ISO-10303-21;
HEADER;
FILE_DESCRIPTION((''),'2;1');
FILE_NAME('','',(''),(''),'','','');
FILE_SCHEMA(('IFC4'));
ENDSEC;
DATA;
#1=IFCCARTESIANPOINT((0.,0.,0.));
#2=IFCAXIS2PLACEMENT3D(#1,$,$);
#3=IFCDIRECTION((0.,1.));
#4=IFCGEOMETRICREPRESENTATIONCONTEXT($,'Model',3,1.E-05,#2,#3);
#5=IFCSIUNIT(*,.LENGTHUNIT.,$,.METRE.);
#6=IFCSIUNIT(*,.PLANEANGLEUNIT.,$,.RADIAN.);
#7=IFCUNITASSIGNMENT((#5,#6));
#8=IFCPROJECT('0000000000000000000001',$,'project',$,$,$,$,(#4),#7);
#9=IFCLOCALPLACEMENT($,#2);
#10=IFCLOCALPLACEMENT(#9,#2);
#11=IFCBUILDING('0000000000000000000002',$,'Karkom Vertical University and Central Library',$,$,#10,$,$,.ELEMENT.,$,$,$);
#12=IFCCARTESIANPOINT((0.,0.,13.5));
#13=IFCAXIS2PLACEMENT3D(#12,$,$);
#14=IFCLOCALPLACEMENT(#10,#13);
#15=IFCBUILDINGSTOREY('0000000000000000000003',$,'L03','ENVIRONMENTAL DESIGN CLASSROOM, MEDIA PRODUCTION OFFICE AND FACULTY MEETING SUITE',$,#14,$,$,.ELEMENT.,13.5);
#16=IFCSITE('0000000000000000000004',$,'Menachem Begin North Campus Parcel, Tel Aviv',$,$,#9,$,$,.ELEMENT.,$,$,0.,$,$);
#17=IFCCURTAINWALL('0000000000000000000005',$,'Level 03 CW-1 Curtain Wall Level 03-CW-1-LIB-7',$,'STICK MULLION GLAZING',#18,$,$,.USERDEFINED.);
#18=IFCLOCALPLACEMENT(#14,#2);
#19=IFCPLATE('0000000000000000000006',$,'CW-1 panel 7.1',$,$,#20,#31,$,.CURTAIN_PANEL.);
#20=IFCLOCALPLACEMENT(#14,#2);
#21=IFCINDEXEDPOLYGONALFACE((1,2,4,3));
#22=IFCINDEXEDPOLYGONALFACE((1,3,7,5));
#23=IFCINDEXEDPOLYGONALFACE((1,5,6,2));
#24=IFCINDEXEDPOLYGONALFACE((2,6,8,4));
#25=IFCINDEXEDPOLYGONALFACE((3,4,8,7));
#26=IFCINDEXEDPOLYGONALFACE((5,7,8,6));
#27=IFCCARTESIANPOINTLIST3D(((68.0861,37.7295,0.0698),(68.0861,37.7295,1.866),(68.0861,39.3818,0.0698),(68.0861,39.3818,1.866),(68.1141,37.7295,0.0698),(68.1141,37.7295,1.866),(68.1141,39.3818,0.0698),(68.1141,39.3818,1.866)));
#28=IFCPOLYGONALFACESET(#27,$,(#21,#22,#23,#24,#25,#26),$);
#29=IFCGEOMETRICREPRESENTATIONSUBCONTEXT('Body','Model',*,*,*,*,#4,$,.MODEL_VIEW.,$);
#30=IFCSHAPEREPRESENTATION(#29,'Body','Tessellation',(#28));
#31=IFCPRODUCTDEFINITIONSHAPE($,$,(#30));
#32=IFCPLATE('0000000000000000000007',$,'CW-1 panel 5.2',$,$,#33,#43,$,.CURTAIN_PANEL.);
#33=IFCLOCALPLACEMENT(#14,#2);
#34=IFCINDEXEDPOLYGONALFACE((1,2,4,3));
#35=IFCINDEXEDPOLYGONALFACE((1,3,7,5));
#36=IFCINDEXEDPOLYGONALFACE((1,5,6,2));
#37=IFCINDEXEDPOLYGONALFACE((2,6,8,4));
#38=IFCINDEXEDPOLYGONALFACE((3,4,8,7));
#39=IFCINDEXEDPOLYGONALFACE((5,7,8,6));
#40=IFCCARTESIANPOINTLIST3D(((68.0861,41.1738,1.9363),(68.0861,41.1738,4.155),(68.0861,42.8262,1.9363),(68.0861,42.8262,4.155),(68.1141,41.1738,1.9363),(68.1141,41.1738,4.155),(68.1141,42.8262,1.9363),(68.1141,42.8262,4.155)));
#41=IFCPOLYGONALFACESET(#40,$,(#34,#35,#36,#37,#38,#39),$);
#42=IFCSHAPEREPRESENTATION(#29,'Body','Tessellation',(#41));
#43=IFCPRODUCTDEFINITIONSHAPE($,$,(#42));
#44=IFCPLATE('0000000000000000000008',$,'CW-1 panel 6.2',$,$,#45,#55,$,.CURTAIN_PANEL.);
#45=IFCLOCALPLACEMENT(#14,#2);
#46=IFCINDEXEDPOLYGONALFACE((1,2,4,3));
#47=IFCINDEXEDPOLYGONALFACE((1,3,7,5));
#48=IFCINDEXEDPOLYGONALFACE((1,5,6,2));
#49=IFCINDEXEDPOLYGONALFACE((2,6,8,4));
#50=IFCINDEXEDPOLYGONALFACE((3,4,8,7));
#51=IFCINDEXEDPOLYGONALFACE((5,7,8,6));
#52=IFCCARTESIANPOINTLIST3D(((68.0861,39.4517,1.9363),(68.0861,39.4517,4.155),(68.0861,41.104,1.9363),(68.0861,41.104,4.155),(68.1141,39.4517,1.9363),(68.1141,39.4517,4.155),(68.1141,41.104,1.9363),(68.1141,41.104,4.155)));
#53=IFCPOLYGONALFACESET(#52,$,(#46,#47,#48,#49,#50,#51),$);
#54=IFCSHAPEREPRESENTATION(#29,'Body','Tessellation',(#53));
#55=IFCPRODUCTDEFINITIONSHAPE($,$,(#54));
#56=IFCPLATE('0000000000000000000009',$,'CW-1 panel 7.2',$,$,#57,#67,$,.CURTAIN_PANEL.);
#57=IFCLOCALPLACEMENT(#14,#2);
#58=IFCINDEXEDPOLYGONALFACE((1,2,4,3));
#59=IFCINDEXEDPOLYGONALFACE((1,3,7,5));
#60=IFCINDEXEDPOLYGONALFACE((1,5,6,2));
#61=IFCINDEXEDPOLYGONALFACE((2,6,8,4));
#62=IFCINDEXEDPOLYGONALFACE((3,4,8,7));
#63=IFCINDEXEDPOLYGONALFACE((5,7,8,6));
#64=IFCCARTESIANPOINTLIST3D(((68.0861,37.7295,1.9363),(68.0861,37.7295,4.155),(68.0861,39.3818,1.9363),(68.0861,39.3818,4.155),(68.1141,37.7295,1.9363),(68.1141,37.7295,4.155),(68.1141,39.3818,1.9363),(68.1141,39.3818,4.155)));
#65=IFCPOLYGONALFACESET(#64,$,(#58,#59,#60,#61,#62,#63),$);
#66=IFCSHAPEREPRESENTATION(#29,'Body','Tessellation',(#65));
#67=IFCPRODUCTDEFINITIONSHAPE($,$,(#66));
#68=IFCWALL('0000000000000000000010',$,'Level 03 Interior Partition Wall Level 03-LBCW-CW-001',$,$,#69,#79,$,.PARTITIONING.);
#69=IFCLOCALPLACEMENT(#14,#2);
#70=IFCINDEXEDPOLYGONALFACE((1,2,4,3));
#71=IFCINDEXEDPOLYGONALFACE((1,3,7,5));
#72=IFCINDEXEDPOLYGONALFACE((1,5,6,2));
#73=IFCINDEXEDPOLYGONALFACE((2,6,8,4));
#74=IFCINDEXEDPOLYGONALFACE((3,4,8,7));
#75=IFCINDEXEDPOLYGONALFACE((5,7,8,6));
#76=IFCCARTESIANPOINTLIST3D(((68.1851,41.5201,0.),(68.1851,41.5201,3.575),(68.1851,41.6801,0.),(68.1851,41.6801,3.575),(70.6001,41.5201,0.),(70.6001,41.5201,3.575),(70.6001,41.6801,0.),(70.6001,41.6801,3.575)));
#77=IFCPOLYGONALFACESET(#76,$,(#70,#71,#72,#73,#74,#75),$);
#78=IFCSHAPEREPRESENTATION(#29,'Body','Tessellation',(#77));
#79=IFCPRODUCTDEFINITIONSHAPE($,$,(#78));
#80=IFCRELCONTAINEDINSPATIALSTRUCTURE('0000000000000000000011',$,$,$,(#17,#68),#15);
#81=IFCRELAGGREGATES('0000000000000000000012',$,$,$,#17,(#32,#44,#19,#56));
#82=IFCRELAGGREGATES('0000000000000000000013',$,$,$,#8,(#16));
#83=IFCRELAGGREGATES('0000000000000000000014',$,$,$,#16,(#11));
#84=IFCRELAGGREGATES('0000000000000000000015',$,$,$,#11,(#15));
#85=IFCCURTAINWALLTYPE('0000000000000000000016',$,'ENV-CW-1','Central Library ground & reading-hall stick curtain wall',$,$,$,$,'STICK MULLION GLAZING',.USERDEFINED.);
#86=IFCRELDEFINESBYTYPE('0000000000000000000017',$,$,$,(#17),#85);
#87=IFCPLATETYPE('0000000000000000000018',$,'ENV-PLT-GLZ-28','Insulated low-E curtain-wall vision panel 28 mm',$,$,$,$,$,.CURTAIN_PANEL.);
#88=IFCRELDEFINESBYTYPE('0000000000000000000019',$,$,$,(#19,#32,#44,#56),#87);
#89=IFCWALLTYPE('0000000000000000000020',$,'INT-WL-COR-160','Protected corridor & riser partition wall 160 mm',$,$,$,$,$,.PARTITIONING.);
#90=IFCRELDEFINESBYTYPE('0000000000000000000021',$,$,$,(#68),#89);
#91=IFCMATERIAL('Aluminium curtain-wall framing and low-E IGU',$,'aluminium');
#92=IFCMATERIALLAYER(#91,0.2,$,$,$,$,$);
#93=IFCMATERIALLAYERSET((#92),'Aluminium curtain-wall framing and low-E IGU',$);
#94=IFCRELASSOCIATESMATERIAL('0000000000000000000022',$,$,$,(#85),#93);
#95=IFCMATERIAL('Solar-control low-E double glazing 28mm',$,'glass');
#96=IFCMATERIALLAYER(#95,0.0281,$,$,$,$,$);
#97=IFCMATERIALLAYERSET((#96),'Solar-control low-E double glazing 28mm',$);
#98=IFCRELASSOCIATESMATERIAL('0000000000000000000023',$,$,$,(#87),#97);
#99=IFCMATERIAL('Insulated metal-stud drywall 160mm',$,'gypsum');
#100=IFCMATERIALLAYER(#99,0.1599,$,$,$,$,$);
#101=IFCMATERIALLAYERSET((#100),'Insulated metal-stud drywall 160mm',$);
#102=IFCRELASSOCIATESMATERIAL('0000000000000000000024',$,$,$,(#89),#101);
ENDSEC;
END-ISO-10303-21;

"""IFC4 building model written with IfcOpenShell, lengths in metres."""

from ifc_helpers import new_model, si_unit, direction, frame, frame_2d, origin, origin_with_axes, origin_2d, place, context, subcontext, project, spatial, rectangle, extrude, source, transform, mapped, material, layer, layer_set, type_object, element, aggregate, save


model = new_model("IFC4")

# Units and contexts
model_context = context("Model", 3, precision=1e-05, world=origin(), true_north=direction((0.0, 1.0)))
body_context = subcontext(model_context, "Body", "Model", "MODEL_VIEW")
ifc_project = project(units=[si_unit("LENGTHUNIT", "METRE"), si_unit("PLANEANGLEUNIT", "RADIAN")], contexts=[model_context])

# Site, building, storey
site_placement = place(None, origin())
site = spatial("IfcSite", under=ifc_project, at=site_placement, Name="Menachem Begin North Campus Parcel, Tel Aviv", CompositionType="ELEMENT", RefElevation=0.0)
building_placement = place(site_placement, origin())
building = spatial("IfcBuilding", under=site, at=building_placement, Name="Karkom Vertical University and Central Library", CompositionType="ELEMENT")
storey_placement = place(building_placement, frame((0.0, 0.0, 13.5)))
storey = spatial("IfcBuildingStorey", under=building, at=storey_placement, Name="L03", Description="ENVIRONMENTAL DESIGN CLASSROOM, MEDIA PRODUCTION OFFICE AND FACULTY MEETING SUITE", CompositionType="ELEMENT", Elevation=13.5)

# Curtain wall, plates
ifc_material_1 = material(Name="Aluminium curtain-wall framing and low-E IGU", Category="aluminium")
ifc_layer_1 = layer(ifc_material_1, 0.2)
ifc_layer_set_1 = layer_set([ifc_layer_1], Name="Aluminium curtain-wall framing and low-E IGU")
curtain_wall_type = type_object("IfcCurtainWallType", Name="ENV-CW-1", Description="Central Library ground & reading-hall stick curtain wall", ElementType="STICK MULLION GLAZING", PredefinedType="USERDEFINED", material=ifc_layer_set_1)
curtain_wall_placement = place(storey_placement, origin())
curtain_wall = element("IfcCurtainWall", 1, at=curtain_wall_placement, inside=storey, type_object=curtain_wall_type, Name="Level 03 CW-1 Curtain Wall Level 03-CW-1-LIB-7", ObjectType="STICK MULLION GLAZING", PredefinedType="USERDEFINED")
ifc_material_2 = material(Name="Solar-control low-E double glazing 28mm", Category="glass")
ifc_layer_2 = layer(ifc_material_2, 0.0281)
ifc_layer_set_2 = layer_set([ifc_layer_2], Name="Solar-control low-E double glazing 28mm")
plate_type = type_object("IfcPlateType", Name="ENV-PLT-GLZ-28", Description="Insulated low-E curtain-wall vision panel 28 mm", PredefinedType="CURTAIN_PANEL", material=ifc_layer_set_2)
shared_shape_1 = source(origin_with_axes(), body_context, "Body", "SweptSolid", [
    extrude(rectangle(XDim=1.6523, YDim=0.0281, at=origin_2d()), origin(), (0.0, 0.0, 1.0), 1.7961),
])
plate_1_placement = place(storey_placement, frame((68.1001, 38.5557, 0.0698), z_axis=(0.0, 0.0, 1.0), x_axis=(0.0, -1.0, 0.0)))
plate_1 = element("IfcPlate", 2, at=plate_1_placement, type_object=plate_type, Name="CW-1 panel 7.1", PredefinedType="CURTAIN_PANEL", context=body_context, shape_type="MappedRepresentation", body=[
    mapped(shared_shape_1, transform((0.0, 0.0, 0.0), scale=1.0)),
])
shared_shape_2 = source(origin_with_axes(), body_context, "Body", "SweptSolid", [
    extrude(rectangle(XDim=1.6523, YDim=0.0281, at=origin_2d()), origin(), (0.0, 0.0, 1.0), 2.2188),
])
plate_2_placement = place(storey_placement, frame((68.1001, 42.0, 1.9363), z_axis=(0.0, 0.0, 1.0), x_axis=(0.0, -1.0, 0.0)))
plate_2 = element("IfcPlate", 3, at=plate_2_placement, type_object=plate_type, Name="CW-1 panel 5.2", PredefinedType="CURTAIN_PANEL", context=body_context, shape_type="MappedRepresentation", body=[
    mapped(shared_shape_2, transform((0.0, 0.0, 0.0), scale=1.0)),
])
plate_3_placement = place(storey_placement, frame((68.1001, 40.2778, 1.9363), z_axis=(0.0, 0.0, 1.0), x_axis=(0.0, -1.0, 0.0)))
plate_3 = element("IfcPlate", 4, at=plate_3_placement, type_object=plate_type, Name="CW-1 panel 6.2", PredefinedType="CURTAIN_PANEL", context=body_context, shape_type="MappedRepresentation", body=[
    mapped(shared_shape_2, transform((0.0, 0.0, 0.0), scale=1.0)),
])
plate_4_placement = place(storey_placement, frame((68.1001, 38.5557, 1.9363), z_axis=(0.0, 0.0, 1.0), x_axis=(0.0, -1.0, 0.0)))
plate_4 = element("IfcPlate", 5, at=plate_4_placement, type_object=plate_type, Name="CW-1 panel 7.2", PredefinedType="CURTAIN_PANEL", context=body_context, shape_type="MappedRepresentation", body=[
    mapped(shared_shape_2, transform((0.0, 0.0, 0.0), scale=1.0)),
])
aggregate(curtain_wall, [plate_2, plate_3, plate_1, plate_4])

# Wall
ifc_material_3 = material(Name="Insulated metal-stud drywall 160mm", Category="gypsum")
ifc_layer_3 = layer(ifc_material_3, 0.1599)
ifc_layer_set_3 = layer_set([ifc_layer_3], Name="Insulated metal-stud drywall 160mm")
wall_type = type_object("IfcWallType", Name="INT-WL-COR-160", Description="Protected corridor & riser partition wall 160 mm", PredefinedType="PARTITIONING", material=ifc_layer_set_3)
wall_placement = place(storey_placement, frame((70.6001, 41.6001, 0.0), z_axis=(0.0, 0.0, 1.0), x_axis=(-1.0, 0.0, 0.0)))
element("IfcWall", 6, at=wall_placement, inside=storey, type_object=wall_type, Name="Level 03 Interior Partition Wall Level 03-LBCW-CW-001", PredefinedType="PARTITIONING", context=body_context, shape_type="SweptSolid", body=[
    extrude(rectangle(XDim=2.415, YDim=0.1599, at=frame_2d((1.2075, 0.0))), origin(), (0.0, 0.0, 1.0), 3.575),
])

save(model, "model.ifc")
